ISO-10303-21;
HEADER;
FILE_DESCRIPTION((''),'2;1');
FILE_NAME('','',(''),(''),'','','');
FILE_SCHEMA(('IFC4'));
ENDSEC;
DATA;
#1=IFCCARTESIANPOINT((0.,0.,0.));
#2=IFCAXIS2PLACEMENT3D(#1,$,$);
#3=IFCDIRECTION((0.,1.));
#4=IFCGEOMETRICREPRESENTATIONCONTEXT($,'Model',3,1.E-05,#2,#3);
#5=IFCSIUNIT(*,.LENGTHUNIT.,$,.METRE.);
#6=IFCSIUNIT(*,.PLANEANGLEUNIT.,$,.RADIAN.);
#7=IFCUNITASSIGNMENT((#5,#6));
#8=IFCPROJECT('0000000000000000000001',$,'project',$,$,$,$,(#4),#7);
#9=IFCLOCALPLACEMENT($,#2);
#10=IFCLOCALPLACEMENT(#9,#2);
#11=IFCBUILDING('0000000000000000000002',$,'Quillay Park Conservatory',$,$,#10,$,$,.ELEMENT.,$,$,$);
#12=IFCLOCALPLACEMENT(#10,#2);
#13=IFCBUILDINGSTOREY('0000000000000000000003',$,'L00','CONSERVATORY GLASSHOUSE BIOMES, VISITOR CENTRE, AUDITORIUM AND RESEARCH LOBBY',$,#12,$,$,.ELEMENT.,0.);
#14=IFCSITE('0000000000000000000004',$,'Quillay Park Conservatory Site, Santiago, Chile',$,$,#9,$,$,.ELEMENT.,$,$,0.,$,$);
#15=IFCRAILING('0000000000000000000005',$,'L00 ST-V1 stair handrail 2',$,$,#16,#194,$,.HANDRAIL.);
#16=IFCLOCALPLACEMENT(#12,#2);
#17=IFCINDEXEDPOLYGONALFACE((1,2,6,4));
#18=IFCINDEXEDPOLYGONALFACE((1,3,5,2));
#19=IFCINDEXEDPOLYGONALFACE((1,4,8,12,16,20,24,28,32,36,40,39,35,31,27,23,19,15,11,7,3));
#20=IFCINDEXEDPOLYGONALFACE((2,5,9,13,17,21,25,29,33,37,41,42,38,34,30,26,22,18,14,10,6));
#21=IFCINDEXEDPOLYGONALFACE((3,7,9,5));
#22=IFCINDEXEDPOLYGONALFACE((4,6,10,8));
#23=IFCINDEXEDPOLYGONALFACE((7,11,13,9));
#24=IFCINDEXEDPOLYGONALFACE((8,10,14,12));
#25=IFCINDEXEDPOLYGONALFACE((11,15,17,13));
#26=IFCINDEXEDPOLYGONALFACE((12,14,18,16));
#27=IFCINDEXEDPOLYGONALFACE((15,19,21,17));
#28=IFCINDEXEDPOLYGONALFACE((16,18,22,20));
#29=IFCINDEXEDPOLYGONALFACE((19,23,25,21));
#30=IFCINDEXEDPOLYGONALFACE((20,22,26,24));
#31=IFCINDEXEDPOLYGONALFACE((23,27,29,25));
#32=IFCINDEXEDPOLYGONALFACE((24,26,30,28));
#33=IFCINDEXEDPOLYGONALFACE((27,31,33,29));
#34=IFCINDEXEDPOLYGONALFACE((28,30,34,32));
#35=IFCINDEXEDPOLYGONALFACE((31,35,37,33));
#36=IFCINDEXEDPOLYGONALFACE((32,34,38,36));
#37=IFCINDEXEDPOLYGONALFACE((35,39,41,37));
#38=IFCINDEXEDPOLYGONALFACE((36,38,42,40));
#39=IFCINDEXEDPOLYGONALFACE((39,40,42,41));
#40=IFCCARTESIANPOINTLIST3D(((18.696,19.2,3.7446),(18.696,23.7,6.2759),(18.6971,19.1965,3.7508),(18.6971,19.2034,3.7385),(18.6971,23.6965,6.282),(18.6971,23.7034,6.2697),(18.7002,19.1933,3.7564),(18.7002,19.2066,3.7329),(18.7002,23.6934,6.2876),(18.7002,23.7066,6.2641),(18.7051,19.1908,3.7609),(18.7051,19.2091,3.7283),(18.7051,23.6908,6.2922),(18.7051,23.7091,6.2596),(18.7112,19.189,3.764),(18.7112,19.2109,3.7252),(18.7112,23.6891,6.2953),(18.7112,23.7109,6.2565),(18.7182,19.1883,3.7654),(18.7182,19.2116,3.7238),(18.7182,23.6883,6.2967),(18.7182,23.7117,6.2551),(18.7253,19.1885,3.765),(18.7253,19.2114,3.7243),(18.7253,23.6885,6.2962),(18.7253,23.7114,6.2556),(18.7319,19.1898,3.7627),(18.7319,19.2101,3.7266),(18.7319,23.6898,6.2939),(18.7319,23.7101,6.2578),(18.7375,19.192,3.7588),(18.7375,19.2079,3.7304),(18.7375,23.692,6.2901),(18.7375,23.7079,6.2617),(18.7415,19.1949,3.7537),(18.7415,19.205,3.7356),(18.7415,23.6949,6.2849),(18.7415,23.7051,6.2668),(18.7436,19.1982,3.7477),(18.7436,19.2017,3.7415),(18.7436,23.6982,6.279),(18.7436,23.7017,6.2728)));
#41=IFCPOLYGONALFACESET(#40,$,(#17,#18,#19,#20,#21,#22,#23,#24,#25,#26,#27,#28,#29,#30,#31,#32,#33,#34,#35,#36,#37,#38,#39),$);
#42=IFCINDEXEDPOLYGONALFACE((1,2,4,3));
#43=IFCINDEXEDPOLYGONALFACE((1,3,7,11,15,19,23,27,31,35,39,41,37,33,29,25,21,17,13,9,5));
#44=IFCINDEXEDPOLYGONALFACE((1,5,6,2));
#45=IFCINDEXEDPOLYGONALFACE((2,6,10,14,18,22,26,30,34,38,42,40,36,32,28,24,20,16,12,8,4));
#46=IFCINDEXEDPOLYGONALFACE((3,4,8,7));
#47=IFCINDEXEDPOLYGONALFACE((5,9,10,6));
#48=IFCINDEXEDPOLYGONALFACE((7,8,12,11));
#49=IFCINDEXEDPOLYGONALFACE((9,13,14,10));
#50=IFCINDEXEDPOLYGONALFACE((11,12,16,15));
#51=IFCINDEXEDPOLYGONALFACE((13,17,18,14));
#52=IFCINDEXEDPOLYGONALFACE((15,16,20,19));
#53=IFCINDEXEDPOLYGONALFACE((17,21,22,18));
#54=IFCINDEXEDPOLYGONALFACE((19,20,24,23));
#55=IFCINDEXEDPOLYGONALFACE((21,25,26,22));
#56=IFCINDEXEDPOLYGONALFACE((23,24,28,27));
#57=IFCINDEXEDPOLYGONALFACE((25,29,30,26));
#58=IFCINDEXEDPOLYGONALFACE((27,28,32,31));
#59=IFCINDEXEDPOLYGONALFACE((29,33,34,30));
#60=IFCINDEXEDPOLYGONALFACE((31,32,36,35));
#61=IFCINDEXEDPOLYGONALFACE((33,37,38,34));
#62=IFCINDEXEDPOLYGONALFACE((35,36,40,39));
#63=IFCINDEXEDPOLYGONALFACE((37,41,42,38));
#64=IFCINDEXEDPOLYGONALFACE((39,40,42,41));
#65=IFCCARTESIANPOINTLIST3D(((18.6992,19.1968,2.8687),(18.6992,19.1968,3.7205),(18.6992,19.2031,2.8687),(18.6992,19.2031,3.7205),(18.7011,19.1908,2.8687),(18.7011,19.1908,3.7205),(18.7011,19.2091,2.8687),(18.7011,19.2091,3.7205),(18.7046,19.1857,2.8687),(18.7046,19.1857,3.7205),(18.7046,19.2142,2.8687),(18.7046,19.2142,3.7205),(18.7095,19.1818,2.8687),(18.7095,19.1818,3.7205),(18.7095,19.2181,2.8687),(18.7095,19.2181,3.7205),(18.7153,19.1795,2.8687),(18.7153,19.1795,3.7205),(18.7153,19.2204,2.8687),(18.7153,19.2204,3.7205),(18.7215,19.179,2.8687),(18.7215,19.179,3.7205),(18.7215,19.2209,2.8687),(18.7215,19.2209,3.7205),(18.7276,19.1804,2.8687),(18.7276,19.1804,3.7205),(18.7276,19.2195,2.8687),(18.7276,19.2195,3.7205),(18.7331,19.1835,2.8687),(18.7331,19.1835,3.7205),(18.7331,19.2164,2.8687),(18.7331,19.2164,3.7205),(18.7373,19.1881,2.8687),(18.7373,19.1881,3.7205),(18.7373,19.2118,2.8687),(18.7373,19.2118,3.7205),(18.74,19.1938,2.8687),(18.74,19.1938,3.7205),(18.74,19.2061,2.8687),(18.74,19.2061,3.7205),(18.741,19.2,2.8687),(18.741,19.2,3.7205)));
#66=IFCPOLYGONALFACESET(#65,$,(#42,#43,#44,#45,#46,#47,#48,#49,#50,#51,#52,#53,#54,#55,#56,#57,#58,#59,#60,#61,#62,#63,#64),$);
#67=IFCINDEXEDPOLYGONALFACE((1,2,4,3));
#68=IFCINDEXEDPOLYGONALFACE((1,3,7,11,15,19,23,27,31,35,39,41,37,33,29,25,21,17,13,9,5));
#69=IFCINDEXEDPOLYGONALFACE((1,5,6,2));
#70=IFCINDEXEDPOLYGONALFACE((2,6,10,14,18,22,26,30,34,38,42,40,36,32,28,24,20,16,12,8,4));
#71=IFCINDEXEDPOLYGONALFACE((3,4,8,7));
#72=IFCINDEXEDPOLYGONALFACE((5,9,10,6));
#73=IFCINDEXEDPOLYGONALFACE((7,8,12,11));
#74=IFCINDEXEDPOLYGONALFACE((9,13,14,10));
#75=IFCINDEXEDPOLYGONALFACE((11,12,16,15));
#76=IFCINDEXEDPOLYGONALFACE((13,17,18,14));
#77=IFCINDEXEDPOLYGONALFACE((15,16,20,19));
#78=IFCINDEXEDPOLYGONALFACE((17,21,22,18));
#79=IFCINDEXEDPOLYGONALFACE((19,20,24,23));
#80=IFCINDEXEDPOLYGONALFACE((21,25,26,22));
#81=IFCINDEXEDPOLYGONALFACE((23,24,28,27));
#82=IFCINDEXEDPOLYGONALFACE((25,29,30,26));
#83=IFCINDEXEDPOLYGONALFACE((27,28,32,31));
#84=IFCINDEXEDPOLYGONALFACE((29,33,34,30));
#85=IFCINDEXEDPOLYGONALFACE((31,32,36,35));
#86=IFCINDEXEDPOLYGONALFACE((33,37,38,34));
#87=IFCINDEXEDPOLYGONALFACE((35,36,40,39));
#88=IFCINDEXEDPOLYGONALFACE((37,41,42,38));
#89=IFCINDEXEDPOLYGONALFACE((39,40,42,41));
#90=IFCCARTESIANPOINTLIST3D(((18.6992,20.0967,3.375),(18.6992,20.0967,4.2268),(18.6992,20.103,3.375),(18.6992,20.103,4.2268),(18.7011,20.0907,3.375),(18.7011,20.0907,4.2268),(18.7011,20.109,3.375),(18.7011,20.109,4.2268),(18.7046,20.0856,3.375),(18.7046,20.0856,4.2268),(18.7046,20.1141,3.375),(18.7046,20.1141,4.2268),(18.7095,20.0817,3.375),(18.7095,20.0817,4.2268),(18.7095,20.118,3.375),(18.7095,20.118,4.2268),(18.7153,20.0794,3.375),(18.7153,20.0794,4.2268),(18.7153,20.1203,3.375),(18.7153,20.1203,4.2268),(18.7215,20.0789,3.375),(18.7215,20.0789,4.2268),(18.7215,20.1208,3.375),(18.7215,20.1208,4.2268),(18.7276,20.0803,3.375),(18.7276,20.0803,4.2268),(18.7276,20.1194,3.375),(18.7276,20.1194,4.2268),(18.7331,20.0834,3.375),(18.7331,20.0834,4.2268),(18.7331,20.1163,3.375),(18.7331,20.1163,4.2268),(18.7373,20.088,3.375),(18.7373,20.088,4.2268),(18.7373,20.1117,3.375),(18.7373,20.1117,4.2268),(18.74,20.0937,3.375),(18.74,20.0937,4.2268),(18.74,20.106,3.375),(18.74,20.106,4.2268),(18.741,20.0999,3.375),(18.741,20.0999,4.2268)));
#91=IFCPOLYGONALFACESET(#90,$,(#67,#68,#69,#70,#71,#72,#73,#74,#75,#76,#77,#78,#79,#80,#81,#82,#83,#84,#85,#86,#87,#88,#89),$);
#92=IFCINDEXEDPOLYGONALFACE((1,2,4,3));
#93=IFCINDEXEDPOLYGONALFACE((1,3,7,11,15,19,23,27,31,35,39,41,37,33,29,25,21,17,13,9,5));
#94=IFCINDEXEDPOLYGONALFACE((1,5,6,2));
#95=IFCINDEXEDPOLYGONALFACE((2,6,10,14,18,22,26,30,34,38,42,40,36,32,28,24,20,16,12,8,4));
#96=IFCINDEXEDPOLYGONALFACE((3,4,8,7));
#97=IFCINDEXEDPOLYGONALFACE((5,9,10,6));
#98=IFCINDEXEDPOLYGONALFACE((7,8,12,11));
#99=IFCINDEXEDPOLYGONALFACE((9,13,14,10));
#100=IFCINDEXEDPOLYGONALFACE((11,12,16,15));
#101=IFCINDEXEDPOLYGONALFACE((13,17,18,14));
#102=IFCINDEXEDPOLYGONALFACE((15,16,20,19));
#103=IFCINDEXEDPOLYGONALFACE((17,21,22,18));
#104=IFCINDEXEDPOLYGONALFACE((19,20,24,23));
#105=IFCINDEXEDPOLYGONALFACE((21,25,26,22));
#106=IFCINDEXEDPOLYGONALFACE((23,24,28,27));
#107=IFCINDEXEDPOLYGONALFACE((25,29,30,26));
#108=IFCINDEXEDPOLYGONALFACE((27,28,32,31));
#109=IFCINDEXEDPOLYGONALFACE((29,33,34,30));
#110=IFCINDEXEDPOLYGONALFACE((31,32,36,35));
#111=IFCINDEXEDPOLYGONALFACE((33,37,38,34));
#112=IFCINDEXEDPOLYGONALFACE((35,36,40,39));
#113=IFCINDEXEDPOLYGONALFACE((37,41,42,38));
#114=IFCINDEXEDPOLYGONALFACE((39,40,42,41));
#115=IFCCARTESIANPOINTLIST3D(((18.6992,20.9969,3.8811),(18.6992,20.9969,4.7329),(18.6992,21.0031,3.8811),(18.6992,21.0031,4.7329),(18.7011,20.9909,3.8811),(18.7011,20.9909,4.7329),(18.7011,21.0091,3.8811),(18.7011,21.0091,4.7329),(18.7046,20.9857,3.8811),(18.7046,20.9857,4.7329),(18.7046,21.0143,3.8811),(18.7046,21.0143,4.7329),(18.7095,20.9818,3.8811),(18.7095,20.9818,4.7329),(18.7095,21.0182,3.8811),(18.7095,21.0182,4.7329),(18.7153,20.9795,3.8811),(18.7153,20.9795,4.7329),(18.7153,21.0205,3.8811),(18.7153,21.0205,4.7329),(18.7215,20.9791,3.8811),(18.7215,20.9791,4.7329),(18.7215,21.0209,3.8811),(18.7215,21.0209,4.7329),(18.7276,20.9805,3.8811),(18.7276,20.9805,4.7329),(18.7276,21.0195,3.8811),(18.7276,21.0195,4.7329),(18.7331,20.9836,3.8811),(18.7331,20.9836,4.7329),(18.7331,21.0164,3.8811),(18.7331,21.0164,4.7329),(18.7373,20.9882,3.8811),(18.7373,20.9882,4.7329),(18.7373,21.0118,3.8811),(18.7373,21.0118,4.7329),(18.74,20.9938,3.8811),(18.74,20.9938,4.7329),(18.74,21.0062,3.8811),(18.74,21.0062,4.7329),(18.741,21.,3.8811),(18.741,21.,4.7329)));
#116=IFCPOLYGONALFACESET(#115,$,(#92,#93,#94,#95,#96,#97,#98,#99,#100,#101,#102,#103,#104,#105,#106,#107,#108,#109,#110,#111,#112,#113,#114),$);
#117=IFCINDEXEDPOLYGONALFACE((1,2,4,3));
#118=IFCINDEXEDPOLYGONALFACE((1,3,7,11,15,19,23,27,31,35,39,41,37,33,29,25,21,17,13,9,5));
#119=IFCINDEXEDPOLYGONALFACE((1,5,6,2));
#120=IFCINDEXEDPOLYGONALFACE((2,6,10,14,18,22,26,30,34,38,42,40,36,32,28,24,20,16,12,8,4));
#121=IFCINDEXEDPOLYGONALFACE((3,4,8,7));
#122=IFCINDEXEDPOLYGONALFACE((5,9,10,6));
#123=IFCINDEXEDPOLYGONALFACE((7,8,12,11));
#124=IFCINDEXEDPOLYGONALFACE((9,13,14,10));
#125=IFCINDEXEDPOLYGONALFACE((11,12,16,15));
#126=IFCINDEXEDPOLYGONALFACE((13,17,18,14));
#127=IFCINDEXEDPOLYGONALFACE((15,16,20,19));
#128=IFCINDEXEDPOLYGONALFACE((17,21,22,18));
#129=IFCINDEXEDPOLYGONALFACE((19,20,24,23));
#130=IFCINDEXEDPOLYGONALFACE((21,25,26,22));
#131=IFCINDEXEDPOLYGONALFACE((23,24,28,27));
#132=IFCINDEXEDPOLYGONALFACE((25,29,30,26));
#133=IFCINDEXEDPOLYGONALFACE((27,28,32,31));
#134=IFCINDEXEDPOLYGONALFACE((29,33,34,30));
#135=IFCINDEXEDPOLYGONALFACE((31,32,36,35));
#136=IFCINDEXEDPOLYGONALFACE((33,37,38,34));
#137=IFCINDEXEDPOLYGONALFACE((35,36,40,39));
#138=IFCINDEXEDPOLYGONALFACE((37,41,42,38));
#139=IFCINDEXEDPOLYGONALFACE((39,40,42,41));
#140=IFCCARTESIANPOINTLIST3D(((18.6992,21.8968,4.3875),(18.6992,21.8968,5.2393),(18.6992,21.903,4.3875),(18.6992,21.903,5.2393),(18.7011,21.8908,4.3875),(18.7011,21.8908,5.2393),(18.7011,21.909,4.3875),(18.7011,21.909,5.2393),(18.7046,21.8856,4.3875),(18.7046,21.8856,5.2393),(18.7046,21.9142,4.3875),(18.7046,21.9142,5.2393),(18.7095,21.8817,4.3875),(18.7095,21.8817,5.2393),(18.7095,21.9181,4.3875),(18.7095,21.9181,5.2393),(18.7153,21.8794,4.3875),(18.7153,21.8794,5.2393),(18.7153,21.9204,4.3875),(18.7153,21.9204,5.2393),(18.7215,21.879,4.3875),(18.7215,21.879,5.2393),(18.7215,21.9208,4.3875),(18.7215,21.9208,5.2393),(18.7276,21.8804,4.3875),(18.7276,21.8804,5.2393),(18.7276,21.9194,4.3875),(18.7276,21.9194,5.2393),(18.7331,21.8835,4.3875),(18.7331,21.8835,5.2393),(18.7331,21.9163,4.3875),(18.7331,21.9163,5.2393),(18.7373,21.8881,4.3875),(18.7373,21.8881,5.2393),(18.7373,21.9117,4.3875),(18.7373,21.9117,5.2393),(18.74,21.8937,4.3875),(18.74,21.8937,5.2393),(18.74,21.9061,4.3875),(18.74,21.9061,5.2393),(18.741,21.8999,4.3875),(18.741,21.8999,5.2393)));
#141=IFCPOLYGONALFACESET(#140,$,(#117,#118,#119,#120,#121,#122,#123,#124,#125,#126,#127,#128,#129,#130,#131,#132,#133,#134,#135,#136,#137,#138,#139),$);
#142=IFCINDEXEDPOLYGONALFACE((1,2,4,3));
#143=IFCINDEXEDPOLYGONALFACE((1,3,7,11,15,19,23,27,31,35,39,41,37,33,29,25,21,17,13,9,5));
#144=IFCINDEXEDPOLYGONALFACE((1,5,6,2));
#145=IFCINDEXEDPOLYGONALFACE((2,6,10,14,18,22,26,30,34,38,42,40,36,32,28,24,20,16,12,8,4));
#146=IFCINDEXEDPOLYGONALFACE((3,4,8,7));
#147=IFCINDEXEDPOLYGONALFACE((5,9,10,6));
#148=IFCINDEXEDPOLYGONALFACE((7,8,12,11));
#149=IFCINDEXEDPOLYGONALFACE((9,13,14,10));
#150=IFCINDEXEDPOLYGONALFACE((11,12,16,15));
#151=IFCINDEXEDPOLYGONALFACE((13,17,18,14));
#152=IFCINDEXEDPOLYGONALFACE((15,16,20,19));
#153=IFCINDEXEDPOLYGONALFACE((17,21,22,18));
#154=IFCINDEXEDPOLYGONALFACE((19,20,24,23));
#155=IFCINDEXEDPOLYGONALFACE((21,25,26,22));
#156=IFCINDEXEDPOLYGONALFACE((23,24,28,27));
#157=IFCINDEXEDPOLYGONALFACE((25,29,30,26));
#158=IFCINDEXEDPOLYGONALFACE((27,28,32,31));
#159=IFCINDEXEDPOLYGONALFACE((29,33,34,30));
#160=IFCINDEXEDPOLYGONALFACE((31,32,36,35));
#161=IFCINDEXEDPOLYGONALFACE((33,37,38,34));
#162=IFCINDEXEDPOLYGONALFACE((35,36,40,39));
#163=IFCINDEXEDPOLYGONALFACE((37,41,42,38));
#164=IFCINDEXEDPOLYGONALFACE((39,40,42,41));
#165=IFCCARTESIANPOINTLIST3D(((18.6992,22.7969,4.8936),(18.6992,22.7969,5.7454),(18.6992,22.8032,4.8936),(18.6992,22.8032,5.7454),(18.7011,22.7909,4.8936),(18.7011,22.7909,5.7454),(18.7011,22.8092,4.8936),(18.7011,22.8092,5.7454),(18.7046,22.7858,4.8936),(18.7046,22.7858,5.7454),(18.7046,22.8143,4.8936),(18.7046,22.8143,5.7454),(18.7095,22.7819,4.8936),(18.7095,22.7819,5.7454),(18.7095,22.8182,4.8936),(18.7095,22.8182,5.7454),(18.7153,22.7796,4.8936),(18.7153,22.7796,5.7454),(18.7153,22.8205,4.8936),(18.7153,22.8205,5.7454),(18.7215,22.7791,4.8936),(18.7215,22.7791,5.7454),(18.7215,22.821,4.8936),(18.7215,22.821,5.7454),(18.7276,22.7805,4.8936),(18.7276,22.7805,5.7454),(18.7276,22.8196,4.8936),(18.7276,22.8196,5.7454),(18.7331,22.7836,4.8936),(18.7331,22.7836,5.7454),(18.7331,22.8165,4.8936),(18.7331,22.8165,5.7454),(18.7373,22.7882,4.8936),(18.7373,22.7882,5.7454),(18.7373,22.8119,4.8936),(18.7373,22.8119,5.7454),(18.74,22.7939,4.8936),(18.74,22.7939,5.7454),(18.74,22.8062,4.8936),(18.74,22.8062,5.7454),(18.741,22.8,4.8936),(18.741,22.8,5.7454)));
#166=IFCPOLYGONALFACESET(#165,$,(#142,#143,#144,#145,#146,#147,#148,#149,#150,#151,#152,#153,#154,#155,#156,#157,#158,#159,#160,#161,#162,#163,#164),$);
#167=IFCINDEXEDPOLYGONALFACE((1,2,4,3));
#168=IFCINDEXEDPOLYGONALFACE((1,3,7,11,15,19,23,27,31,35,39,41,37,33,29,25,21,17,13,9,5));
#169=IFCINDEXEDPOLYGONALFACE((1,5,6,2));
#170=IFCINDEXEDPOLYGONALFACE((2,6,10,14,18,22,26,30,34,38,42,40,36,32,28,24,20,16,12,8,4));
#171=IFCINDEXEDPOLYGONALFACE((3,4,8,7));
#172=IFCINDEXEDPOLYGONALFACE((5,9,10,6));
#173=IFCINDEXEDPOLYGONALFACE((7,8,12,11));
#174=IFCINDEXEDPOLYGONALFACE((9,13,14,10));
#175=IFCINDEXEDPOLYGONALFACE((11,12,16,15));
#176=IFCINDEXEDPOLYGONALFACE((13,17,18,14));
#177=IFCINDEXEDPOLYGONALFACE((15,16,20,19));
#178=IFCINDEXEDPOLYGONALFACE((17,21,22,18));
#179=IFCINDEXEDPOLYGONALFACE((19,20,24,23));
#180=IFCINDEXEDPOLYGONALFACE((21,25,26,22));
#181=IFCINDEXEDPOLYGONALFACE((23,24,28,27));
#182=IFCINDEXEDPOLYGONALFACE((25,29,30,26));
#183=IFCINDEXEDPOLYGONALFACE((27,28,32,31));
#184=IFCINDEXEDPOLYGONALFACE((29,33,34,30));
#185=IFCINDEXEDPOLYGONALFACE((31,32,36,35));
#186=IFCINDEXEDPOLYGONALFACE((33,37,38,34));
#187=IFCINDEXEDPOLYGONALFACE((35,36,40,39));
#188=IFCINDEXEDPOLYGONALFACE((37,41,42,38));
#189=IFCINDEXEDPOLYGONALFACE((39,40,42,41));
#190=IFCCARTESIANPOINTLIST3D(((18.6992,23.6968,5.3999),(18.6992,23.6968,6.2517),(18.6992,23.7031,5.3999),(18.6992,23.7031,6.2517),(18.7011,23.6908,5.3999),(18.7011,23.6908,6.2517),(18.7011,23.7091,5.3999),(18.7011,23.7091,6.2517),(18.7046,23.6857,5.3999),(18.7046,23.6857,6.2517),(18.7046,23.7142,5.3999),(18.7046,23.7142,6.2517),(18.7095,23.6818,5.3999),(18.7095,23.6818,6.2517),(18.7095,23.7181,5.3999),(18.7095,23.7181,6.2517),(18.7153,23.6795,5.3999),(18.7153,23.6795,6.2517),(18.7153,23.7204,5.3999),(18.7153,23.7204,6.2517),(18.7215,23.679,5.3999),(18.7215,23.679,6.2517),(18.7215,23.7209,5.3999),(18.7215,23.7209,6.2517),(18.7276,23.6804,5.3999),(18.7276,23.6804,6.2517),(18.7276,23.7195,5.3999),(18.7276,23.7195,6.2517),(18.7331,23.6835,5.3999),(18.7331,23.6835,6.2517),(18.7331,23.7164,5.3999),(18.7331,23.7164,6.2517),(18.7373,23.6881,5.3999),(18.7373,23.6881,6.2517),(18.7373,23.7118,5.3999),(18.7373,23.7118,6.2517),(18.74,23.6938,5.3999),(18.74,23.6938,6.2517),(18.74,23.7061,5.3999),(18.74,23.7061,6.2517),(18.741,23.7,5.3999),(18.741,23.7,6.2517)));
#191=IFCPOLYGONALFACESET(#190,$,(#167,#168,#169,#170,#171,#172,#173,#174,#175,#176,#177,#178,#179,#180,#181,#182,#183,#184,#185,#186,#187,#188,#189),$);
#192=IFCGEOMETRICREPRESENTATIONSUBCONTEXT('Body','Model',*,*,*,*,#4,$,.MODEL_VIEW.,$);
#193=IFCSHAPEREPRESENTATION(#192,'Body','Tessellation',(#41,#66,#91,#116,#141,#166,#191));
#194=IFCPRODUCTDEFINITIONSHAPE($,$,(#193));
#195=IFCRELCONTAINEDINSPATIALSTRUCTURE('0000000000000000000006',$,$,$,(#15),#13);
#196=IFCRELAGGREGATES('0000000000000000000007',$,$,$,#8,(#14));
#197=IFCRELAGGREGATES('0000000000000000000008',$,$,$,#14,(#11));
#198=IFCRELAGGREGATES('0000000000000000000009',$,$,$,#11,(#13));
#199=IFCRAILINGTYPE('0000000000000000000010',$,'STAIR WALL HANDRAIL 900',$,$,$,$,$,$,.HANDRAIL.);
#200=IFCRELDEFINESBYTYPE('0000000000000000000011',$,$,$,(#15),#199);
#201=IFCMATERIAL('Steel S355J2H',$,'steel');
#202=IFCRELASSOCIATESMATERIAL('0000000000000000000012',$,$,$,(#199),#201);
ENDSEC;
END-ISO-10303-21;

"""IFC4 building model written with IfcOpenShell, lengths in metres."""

from ifc_helpers import new_model, si_unit, direction, frame, origin, origin_2d, place, context, subcontext, project, spatial, circle, extrude, material, type_object, element, save


model = new_model("IFC4")

# Units and contexts
model_context = context("Model", 3, precision=1e-05, world=origin(), true_north=direction((0.0, 1.0)))
body_context = subcontext(model_context, "Body", "Model", "MODEL_VIEW")
ifc_project = project(units=[si_unit("LENGTHUNIT", "METRE"), si_unit("PLANEANGLEUNIT", "RADIAN")], contexts=[model_context])

# Site, building, storey
site_placement = place(None, origin())
site = spatial("IfcSite", under=ifc_project, at=site_placement, Name="Quillay Park Conservatory Site, Santiago, Chile", CompositionType="ELEMENT", RefElevation=0.0)
building_placement = place(site_placement, origin())
building = spatial("IfcBuilding", under=site, at=building_placement, Name="Quillay Park Conservatory", CompositionType="ELEMENT")
storey_placement = place(building_placement, origin())
storey = spatial("IfcBuildingStorey", under=building, at=storey_placement, Name="L00", Description="CONSERVATORY GLASSHOUSE BIOMES, VISITOR CENTRE, AUDITORIUM AND RESEARCH LOBBY", CompositionType="ELEMENT", Elevation=0.0)

# Railing
ifc_material_1 = material(Name="Steel S355J2H", Category="steel")
railing_type_1 = type_object("IfcRailingType", Name="STAIR WALL HANDRAIL 900", PredefinedType="HANDRAIL", material=ifc_material_1)
railing_1_placement = place(storey_placement, frame((18.72, 19.2, 2.8687)))
element("IfcRailing", 1, at=railing_1_placement, inside=storey, type_object=railing_type_1, Name="L00 ST-V1 stair handrail 2", PredefinedType="HANDRAIL", context=body_context, shape_type="SweptSolid", body=[
    extrude(circle(Radius=0.0239, at=origin_2d()), frame((0.0, 0.0, 0.876), z_axis=(0.0, 0.871576, 0.490261), x_axis=(-1.0, 0.0, 0.0)), (0.0, 0.0, 1.0), 5.1631),
    extrude(circle(Radius=0.021, at=origin_2d()), origin(), (0.0, 0.0, 1.0), 0.8518),
    extrude(circle(Radius=0.021, at=origin_2d()), frame((0.0, 0.8999, 0.5063)), (0.0, 0.0, 1.0), 0.8518),
    extrude(circle(Radius=0.021, at=origin_2d()), frame((0.0, 1.8, 1.0125)), (0.0, 0.0, 1.0), 0.8518),
    extrude(circle(Radius=0.021, at=origin_2d()), frame((0.0, 2.7, 1.5188)), (0.0, 0.0, 1.0), 0.8518),
    extrude(circle(Radius=0.021, at=origin_2d()), frame((0.0, 3.6001, 2.0249)), (0.0, 0.0, 1.0), 0.8518),
    extrude(circle(Radius=0.021, at=origin_2d()), frame((0.0, 4.5, 2.5312)), (0.0, 0.0, 1.0), 0.8518),
])

save(model, "model.ifc")
